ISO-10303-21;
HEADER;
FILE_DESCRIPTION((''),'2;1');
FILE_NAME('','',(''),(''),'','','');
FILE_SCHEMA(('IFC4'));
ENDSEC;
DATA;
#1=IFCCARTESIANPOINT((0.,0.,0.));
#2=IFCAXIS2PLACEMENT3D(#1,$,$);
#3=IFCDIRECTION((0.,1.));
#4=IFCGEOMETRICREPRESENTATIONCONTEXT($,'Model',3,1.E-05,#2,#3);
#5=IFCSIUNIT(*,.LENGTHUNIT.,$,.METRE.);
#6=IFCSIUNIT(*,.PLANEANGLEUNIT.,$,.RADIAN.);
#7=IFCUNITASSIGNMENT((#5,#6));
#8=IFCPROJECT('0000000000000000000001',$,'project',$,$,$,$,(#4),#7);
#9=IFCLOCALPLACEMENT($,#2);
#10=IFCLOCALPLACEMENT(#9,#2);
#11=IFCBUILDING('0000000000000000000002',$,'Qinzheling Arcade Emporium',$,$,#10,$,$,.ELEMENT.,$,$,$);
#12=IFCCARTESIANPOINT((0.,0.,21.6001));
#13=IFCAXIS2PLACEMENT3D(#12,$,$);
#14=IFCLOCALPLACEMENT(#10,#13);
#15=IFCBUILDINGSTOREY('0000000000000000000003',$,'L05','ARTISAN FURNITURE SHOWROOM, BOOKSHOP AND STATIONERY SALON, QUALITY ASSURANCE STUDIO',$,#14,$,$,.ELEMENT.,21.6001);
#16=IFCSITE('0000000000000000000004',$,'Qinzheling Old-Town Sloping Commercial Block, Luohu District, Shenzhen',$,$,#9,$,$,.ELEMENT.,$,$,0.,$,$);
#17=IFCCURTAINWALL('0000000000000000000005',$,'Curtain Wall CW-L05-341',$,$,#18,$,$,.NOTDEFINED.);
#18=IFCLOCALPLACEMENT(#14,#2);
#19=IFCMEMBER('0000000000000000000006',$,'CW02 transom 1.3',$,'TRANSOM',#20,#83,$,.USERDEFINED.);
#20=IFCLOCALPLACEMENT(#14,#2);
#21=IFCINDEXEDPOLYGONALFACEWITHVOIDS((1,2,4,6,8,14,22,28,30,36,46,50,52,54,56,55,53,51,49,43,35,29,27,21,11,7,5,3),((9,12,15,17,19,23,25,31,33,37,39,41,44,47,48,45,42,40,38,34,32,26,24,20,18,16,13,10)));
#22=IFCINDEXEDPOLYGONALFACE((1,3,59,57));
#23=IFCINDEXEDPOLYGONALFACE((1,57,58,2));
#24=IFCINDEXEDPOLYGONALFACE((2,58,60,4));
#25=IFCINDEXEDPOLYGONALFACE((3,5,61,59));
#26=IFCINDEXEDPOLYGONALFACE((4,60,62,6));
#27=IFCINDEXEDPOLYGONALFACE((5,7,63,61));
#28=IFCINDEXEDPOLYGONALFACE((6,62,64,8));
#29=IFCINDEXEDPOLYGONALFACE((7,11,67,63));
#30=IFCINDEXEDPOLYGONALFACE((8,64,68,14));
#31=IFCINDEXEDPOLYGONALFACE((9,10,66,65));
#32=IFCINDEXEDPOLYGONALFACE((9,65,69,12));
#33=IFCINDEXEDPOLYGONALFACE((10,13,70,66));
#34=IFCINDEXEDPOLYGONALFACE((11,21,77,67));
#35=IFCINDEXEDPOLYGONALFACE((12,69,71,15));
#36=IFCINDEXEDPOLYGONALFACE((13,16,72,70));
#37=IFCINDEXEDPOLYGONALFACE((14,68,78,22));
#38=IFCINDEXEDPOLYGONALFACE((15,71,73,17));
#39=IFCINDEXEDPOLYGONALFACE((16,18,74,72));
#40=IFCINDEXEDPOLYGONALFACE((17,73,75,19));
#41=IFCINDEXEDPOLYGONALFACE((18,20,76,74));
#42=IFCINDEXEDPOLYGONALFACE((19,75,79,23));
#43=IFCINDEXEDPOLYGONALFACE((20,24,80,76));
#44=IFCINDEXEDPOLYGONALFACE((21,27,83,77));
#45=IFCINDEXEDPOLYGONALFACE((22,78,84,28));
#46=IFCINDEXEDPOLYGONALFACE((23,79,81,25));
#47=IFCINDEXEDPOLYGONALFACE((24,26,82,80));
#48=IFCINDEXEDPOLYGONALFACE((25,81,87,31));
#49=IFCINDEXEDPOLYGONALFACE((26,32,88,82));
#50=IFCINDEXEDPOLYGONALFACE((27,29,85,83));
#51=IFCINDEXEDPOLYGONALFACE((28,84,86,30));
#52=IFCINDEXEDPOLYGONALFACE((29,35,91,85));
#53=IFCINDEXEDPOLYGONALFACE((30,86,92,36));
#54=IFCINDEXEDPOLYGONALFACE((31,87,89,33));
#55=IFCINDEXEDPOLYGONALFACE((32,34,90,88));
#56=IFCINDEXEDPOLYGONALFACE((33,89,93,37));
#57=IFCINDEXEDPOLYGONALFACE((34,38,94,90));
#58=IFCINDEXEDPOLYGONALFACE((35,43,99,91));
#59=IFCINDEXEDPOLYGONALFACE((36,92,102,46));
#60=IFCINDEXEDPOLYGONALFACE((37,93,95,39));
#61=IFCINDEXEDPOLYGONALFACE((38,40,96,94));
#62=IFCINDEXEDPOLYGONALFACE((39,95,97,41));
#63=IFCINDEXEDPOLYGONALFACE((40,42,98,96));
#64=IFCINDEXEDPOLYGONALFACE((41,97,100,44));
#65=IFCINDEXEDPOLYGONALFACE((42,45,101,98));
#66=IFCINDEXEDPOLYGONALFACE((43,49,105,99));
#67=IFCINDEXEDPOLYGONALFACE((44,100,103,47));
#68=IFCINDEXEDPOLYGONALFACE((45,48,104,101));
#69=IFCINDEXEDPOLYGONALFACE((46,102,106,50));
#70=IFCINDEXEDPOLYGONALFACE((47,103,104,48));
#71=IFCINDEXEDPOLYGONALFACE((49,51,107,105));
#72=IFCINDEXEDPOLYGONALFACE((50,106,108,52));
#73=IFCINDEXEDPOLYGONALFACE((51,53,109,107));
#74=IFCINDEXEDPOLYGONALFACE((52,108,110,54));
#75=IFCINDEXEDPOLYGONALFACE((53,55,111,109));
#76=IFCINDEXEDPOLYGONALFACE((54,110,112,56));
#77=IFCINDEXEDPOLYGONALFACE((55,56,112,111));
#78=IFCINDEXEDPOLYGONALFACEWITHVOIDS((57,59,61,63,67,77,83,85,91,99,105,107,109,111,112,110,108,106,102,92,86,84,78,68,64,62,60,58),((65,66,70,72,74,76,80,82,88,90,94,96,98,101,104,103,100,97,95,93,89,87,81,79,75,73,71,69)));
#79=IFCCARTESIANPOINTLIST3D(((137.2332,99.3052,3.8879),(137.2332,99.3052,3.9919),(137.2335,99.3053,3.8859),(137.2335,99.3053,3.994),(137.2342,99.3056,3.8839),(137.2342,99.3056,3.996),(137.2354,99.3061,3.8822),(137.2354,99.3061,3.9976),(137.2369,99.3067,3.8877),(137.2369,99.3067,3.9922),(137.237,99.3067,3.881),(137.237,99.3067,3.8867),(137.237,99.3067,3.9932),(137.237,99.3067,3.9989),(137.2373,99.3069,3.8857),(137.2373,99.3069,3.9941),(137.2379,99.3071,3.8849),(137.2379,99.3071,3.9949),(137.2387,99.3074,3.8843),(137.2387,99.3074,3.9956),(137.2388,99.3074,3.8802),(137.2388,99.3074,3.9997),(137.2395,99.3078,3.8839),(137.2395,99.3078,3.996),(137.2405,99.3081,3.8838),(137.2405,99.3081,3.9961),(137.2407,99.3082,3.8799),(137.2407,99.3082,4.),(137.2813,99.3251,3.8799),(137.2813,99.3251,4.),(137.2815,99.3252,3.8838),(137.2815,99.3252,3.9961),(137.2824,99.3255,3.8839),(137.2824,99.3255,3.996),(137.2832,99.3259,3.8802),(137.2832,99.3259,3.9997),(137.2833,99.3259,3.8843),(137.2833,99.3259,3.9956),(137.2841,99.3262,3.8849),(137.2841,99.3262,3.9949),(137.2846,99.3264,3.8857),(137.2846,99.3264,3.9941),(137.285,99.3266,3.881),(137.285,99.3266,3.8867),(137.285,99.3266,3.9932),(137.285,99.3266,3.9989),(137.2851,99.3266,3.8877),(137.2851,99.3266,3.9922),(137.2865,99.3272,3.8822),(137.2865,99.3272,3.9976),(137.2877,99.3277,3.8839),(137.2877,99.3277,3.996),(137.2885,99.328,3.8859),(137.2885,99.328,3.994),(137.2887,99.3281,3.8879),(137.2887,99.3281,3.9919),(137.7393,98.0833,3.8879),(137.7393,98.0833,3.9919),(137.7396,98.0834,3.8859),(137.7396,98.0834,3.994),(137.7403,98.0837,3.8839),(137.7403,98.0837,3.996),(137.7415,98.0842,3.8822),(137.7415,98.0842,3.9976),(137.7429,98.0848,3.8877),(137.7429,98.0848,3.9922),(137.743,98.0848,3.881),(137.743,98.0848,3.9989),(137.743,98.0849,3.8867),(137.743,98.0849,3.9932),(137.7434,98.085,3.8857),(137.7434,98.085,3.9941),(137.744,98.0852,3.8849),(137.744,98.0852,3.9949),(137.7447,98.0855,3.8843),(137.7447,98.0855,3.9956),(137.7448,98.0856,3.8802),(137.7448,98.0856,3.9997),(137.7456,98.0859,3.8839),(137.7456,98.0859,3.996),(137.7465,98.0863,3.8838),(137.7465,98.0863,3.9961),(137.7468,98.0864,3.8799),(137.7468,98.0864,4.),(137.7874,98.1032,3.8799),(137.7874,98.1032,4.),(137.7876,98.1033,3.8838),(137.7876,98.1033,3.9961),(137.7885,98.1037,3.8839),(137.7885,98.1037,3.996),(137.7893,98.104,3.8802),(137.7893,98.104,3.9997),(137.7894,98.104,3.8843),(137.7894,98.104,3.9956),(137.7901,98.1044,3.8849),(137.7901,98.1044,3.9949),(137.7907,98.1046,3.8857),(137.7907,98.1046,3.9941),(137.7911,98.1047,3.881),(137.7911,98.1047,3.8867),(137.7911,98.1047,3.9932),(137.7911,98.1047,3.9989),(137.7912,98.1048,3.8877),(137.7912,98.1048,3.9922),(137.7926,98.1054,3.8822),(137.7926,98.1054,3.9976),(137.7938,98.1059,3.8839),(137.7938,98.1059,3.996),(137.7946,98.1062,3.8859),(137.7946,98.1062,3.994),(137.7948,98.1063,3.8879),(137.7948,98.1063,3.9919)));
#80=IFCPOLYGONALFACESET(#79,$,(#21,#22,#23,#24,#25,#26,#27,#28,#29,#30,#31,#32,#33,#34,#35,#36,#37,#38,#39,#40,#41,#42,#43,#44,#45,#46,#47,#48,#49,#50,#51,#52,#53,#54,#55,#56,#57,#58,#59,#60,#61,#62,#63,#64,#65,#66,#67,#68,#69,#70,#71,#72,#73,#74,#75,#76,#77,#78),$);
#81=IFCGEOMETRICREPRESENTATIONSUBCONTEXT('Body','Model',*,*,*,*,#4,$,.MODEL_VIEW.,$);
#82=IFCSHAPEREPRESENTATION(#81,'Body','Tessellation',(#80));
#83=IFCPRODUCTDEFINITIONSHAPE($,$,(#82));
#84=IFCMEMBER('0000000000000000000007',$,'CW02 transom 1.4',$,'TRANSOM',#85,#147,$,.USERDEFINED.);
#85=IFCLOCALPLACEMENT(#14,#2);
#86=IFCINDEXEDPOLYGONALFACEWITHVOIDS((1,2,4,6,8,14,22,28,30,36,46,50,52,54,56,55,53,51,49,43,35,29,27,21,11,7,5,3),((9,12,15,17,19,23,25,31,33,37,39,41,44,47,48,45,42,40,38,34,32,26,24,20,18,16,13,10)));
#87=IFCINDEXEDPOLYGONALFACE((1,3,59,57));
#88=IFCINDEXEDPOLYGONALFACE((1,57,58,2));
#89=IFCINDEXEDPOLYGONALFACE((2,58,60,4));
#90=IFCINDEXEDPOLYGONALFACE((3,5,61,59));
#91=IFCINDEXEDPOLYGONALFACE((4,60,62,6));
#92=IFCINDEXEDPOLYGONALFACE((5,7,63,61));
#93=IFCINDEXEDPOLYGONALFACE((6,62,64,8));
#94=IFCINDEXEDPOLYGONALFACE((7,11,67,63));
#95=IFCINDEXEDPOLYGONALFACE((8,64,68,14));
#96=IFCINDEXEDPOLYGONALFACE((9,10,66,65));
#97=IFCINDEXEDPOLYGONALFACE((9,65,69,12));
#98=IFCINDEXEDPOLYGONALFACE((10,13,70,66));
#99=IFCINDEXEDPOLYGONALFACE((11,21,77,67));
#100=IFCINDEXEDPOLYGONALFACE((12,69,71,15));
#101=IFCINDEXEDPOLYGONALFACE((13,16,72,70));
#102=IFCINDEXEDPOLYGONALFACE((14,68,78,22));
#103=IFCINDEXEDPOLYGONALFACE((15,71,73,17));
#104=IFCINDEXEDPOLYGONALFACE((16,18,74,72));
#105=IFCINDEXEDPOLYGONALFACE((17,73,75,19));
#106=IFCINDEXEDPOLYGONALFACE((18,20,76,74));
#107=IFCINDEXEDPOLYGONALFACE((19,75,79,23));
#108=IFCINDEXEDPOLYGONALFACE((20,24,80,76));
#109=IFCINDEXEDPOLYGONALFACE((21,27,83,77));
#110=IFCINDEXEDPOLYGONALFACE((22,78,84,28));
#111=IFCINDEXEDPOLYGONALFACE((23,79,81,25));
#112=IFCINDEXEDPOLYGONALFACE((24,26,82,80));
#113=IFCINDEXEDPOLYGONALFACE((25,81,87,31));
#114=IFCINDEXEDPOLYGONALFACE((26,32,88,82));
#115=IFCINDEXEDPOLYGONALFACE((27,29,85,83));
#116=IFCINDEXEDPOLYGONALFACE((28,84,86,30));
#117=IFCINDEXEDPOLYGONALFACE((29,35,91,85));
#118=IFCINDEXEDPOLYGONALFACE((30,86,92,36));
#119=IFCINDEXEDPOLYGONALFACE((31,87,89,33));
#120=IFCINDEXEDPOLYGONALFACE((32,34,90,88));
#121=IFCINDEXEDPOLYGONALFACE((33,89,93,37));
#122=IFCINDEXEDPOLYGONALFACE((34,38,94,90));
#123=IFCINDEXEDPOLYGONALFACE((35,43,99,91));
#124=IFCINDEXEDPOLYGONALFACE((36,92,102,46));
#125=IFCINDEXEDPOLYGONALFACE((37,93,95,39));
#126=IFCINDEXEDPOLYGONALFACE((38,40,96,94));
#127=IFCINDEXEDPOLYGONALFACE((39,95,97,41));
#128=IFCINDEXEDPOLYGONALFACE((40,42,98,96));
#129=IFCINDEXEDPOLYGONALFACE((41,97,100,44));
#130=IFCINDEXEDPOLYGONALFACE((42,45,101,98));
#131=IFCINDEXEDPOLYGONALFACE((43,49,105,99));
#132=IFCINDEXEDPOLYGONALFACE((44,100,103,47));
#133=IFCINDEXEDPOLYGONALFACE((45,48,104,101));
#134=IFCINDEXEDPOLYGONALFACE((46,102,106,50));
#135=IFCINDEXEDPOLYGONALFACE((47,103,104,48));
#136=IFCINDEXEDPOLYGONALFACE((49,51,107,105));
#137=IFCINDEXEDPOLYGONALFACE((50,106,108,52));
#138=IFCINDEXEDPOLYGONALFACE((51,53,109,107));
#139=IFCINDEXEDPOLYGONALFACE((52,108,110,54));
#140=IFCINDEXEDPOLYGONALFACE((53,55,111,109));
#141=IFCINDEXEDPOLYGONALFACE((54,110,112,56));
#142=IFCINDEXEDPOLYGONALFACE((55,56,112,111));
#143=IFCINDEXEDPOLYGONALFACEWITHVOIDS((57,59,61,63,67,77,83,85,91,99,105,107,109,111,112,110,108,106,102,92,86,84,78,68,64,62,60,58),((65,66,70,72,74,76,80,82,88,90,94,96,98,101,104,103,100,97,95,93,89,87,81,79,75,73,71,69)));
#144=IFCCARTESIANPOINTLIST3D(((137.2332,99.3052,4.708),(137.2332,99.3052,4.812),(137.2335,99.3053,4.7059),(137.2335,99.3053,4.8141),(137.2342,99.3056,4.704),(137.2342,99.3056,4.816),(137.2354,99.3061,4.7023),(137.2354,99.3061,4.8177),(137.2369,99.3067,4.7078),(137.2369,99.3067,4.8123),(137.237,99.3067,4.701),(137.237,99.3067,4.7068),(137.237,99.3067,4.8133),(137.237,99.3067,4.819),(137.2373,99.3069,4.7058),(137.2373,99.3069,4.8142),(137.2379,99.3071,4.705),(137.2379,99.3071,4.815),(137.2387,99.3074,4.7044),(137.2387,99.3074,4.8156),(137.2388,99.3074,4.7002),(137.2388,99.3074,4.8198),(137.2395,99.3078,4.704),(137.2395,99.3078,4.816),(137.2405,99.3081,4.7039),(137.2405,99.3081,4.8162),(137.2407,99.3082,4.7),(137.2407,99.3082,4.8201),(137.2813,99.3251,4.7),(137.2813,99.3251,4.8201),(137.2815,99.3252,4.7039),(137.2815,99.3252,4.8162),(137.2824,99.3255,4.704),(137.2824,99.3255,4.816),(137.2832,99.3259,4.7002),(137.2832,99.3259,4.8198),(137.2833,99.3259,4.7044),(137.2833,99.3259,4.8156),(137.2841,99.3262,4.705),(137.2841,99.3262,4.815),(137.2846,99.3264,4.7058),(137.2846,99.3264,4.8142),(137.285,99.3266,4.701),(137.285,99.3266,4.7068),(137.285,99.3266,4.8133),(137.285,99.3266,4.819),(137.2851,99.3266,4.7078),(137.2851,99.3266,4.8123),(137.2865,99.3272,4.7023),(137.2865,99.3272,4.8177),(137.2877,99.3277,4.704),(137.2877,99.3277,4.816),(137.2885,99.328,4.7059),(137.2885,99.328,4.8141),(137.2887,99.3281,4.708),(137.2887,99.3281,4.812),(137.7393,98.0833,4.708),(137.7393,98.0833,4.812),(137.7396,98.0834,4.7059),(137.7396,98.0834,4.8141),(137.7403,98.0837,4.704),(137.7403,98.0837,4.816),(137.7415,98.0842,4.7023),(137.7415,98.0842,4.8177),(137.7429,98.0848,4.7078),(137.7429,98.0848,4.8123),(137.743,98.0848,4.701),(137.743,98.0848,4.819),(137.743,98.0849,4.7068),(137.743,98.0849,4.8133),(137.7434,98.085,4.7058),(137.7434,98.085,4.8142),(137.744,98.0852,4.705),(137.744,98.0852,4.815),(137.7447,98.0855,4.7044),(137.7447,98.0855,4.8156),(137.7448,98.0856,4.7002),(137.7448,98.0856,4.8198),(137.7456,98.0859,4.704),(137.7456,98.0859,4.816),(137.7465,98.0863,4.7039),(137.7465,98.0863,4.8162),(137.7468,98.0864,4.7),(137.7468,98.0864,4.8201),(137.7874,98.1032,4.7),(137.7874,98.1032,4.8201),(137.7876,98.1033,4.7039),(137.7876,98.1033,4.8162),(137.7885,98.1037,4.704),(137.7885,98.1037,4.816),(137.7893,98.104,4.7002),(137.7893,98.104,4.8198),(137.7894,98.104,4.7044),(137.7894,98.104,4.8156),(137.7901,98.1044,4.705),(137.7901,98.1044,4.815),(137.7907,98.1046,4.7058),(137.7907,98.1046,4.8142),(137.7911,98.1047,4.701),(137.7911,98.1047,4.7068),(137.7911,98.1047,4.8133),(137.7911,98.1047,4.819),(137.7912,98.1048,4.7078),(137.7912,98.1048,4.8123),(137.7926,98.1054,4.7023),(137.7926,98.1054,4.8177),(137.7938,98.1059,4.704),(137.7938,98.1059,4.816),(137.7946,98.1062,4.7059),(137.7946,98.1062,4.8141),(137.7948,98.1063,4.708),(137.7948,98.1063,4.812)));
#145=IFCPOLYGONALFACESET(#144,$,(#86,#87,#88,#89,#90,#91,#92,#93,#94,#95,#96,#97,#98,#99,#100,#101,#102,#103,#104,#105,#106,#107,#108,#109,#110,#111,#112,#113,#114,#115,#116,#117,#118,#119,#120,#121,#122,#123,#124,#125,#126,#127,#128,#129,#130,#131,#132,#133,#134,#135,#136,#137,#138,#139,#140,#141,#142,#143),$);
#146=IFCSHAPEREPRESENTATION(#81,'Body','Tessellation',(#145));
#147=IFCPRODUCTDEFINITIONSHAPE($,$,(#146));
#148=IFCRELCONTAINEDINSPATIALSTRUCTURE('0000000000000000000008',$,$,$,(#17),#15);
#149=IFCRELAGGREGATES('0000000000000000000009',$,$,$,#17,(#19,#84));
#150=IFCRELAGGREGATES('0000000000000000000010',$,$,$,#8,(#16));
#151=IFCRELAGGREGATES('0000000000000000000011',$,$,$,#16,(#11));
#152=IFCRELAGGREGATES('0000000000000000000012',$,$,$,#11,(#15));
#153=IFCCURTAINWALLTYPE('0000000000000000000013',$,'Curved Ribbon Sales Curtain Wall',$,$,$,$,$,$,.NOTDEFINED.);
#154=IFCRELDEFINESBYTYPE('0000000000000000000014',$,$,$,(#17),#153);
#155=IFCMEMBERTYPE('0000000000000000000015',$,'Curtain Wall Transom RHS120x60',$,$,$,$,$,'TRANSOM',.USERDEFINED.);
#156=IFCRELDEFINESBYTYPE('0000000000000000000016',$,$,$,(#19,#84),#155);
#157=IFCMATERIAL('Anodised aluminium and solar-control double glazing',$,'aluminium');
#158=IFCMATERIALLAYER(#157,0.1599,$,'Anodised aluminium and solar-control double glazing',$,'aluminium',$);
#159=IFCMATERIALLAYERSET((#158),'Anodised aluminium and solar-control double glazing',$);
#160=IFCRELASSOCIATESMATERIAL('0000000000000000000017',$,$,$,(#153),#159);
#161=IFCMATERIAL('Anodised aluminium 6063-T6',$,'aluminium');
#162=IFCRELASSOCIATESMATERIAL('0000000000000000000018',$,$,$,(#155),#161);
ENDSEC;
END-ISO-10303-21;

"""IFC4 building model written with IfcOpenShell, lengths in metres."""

from ifc_helpers import new_model, si_unit, direction, frame, origin, origin_2d, place, context, subcontext, project, spatial, hollow_rectangle, extrude, material, layer, layer_set, material_profile, profile_set, type_object, element, aggregate, save


model = new_model("IFC4")

# Units and contexts
model_context = context("Model", 3, precision=1e-05, world=origin(), true_north=direction((0.0, 1.0)))
body_context = subcontext(model_context, "Body", "Model", "MODEL_VIEW")
ifc_project = project(units=[si_unit("LENGTHUNIT", "METRE"), si_unit("PLANEANGLEUNIT", "RADIAN")], contexts=[model_context])

# Site, building, storey
site_placement = place(None, origin())
site = spatial("IfcSite", under=ifc_project, at=site_placement, Name="Qinzheling Old-Town Sloping Commercial Block, Luohu District, Shenzhen", CompositionType="ELEMENT", RefElevation=0.0)
building_placement = place(site_placement, origin())
building = spatial("IfcBuilding", under=site, at=building_placement, Name="Qinzheling Arcade Emporium", CompositionType="ELEMENT")
storey_placement = place(building_placement, frame((0.0, 0.0, 21.6001)))
storey = spatial("IfcBuildingStorey", under=building, at=storey_placement, Name="L05", Description="ARTISAN FURNITURE SHOWROOM, BOOKSHOP AND STATIONERY SALON, QUALITY ASSURANCE STUDIO", CompositionType="ELEMENT", Elevation=21.6001)

# Shared definitions
ifc_material_1 = material(Name="Anodised aluminium and solar-control double glazing", Category="aluminium")
ifc_layer_1 = layer(ifc_material_1, 0.1599, Name="Anodised aluminium and solar-control double glazing", Category="aluminium")
ifc_layer_set_1 = layer_set([ifc_layer_1], Name="Anodised aluminium and solar-control double glazing")
curtain_wall_type = type_object("IfcCurtainWallType", Name="Curved Ribbon Sales Curtain Wall", PredefinedType="NOTDEFINED", material=ifc_layer_set_1)
ifc_material_2 = material(Name="Anodised aluminium 6063-T6", Category="aluminium")

# Curtain wall
curtain_wall_1_placement = place(storey_placement, origin())
curtain_wall_1 = element("IfcCurtainWall", 1, at=curtain_wall_1_placement, inside=storey, type_object=curtain_wall_type, Name="Curtain Wall CW-L05-341", PredefinedType="NOTDEFINED")

# Members
ifc_material_profile_1 = material_profile(ifc_material_2, hollow_rectangle(XDim=0.0601, YDim=0.1201, WallThickness=0.0039, InnerFilletRadius=0.0039, OuterFilletRadius=0.0081, at=origin_2d()), Name="RHS 120x60x4", Category="aluminium")
ifc_profile_set_1 = profile_set([ifc_material_profile_1], Name="Anodised aluminium 6063-T6")
member_type_1 = type_object("IfcMemberType", Name="Curtain Wall Transom RHS120x60", ElementType="TRANSOM", PredefinedType="USERDEFINED", material=ifc_profile_set_1)
member_1_placement = place(storey_placement, frame((137.261, 99.3167, 3.9399), z_axis=(0.382662, -0.923889, 0.0), x_axis=(0.923889, 0.382662, 0.0)))
member_1 = element("IfcMember", 2, at=member_1_placement, type_object=member_type_1, Name="CW02 transom 1.3", ObjectType="TRANSOM", PredefinedType="USERDEFINED", context=body_context, shape_type="SweptSolid", body=[
    extrude(hollow_rectangle(XDim=0.0601, YDim=0.1201, WallThickness=0.0039, InnerFilletRadius=0.0039, OuterFilletRadius=0.0081, at=origin_2d()), origin(), (0.0, 0.0, 1.0), 1.3225),
])
member_2_placement = place(storey_placement, frame((137.261, 99.3167, 4.76), z_axis=(0.382662, -0.923889, 0.0), x_axis=(0.923889, 0.382662, 0.0)))
member_2 = element("IfcMember", 3, at=member_2_placement, type_object=member_type_1, Name="CW02 transom 1.4", ObjectType="TRANSOM", PredefinedType="USERDEFINED", context=body_context, shape_type="SweptSolid", body=[
    extrude(hollow_rectangle(XDim=0.0601, YDim=0.1201, WallThickness=0.0039, InnerFilletRadius=0.0039, OuterFilletRadius=0.0081, at=origin_2d()), origin(), (0.0, 0.0, 1.0), 1.3225),
])

aggregate(curtain_wall_1, [member_1, member_2])

save(model, "model.ifc")
